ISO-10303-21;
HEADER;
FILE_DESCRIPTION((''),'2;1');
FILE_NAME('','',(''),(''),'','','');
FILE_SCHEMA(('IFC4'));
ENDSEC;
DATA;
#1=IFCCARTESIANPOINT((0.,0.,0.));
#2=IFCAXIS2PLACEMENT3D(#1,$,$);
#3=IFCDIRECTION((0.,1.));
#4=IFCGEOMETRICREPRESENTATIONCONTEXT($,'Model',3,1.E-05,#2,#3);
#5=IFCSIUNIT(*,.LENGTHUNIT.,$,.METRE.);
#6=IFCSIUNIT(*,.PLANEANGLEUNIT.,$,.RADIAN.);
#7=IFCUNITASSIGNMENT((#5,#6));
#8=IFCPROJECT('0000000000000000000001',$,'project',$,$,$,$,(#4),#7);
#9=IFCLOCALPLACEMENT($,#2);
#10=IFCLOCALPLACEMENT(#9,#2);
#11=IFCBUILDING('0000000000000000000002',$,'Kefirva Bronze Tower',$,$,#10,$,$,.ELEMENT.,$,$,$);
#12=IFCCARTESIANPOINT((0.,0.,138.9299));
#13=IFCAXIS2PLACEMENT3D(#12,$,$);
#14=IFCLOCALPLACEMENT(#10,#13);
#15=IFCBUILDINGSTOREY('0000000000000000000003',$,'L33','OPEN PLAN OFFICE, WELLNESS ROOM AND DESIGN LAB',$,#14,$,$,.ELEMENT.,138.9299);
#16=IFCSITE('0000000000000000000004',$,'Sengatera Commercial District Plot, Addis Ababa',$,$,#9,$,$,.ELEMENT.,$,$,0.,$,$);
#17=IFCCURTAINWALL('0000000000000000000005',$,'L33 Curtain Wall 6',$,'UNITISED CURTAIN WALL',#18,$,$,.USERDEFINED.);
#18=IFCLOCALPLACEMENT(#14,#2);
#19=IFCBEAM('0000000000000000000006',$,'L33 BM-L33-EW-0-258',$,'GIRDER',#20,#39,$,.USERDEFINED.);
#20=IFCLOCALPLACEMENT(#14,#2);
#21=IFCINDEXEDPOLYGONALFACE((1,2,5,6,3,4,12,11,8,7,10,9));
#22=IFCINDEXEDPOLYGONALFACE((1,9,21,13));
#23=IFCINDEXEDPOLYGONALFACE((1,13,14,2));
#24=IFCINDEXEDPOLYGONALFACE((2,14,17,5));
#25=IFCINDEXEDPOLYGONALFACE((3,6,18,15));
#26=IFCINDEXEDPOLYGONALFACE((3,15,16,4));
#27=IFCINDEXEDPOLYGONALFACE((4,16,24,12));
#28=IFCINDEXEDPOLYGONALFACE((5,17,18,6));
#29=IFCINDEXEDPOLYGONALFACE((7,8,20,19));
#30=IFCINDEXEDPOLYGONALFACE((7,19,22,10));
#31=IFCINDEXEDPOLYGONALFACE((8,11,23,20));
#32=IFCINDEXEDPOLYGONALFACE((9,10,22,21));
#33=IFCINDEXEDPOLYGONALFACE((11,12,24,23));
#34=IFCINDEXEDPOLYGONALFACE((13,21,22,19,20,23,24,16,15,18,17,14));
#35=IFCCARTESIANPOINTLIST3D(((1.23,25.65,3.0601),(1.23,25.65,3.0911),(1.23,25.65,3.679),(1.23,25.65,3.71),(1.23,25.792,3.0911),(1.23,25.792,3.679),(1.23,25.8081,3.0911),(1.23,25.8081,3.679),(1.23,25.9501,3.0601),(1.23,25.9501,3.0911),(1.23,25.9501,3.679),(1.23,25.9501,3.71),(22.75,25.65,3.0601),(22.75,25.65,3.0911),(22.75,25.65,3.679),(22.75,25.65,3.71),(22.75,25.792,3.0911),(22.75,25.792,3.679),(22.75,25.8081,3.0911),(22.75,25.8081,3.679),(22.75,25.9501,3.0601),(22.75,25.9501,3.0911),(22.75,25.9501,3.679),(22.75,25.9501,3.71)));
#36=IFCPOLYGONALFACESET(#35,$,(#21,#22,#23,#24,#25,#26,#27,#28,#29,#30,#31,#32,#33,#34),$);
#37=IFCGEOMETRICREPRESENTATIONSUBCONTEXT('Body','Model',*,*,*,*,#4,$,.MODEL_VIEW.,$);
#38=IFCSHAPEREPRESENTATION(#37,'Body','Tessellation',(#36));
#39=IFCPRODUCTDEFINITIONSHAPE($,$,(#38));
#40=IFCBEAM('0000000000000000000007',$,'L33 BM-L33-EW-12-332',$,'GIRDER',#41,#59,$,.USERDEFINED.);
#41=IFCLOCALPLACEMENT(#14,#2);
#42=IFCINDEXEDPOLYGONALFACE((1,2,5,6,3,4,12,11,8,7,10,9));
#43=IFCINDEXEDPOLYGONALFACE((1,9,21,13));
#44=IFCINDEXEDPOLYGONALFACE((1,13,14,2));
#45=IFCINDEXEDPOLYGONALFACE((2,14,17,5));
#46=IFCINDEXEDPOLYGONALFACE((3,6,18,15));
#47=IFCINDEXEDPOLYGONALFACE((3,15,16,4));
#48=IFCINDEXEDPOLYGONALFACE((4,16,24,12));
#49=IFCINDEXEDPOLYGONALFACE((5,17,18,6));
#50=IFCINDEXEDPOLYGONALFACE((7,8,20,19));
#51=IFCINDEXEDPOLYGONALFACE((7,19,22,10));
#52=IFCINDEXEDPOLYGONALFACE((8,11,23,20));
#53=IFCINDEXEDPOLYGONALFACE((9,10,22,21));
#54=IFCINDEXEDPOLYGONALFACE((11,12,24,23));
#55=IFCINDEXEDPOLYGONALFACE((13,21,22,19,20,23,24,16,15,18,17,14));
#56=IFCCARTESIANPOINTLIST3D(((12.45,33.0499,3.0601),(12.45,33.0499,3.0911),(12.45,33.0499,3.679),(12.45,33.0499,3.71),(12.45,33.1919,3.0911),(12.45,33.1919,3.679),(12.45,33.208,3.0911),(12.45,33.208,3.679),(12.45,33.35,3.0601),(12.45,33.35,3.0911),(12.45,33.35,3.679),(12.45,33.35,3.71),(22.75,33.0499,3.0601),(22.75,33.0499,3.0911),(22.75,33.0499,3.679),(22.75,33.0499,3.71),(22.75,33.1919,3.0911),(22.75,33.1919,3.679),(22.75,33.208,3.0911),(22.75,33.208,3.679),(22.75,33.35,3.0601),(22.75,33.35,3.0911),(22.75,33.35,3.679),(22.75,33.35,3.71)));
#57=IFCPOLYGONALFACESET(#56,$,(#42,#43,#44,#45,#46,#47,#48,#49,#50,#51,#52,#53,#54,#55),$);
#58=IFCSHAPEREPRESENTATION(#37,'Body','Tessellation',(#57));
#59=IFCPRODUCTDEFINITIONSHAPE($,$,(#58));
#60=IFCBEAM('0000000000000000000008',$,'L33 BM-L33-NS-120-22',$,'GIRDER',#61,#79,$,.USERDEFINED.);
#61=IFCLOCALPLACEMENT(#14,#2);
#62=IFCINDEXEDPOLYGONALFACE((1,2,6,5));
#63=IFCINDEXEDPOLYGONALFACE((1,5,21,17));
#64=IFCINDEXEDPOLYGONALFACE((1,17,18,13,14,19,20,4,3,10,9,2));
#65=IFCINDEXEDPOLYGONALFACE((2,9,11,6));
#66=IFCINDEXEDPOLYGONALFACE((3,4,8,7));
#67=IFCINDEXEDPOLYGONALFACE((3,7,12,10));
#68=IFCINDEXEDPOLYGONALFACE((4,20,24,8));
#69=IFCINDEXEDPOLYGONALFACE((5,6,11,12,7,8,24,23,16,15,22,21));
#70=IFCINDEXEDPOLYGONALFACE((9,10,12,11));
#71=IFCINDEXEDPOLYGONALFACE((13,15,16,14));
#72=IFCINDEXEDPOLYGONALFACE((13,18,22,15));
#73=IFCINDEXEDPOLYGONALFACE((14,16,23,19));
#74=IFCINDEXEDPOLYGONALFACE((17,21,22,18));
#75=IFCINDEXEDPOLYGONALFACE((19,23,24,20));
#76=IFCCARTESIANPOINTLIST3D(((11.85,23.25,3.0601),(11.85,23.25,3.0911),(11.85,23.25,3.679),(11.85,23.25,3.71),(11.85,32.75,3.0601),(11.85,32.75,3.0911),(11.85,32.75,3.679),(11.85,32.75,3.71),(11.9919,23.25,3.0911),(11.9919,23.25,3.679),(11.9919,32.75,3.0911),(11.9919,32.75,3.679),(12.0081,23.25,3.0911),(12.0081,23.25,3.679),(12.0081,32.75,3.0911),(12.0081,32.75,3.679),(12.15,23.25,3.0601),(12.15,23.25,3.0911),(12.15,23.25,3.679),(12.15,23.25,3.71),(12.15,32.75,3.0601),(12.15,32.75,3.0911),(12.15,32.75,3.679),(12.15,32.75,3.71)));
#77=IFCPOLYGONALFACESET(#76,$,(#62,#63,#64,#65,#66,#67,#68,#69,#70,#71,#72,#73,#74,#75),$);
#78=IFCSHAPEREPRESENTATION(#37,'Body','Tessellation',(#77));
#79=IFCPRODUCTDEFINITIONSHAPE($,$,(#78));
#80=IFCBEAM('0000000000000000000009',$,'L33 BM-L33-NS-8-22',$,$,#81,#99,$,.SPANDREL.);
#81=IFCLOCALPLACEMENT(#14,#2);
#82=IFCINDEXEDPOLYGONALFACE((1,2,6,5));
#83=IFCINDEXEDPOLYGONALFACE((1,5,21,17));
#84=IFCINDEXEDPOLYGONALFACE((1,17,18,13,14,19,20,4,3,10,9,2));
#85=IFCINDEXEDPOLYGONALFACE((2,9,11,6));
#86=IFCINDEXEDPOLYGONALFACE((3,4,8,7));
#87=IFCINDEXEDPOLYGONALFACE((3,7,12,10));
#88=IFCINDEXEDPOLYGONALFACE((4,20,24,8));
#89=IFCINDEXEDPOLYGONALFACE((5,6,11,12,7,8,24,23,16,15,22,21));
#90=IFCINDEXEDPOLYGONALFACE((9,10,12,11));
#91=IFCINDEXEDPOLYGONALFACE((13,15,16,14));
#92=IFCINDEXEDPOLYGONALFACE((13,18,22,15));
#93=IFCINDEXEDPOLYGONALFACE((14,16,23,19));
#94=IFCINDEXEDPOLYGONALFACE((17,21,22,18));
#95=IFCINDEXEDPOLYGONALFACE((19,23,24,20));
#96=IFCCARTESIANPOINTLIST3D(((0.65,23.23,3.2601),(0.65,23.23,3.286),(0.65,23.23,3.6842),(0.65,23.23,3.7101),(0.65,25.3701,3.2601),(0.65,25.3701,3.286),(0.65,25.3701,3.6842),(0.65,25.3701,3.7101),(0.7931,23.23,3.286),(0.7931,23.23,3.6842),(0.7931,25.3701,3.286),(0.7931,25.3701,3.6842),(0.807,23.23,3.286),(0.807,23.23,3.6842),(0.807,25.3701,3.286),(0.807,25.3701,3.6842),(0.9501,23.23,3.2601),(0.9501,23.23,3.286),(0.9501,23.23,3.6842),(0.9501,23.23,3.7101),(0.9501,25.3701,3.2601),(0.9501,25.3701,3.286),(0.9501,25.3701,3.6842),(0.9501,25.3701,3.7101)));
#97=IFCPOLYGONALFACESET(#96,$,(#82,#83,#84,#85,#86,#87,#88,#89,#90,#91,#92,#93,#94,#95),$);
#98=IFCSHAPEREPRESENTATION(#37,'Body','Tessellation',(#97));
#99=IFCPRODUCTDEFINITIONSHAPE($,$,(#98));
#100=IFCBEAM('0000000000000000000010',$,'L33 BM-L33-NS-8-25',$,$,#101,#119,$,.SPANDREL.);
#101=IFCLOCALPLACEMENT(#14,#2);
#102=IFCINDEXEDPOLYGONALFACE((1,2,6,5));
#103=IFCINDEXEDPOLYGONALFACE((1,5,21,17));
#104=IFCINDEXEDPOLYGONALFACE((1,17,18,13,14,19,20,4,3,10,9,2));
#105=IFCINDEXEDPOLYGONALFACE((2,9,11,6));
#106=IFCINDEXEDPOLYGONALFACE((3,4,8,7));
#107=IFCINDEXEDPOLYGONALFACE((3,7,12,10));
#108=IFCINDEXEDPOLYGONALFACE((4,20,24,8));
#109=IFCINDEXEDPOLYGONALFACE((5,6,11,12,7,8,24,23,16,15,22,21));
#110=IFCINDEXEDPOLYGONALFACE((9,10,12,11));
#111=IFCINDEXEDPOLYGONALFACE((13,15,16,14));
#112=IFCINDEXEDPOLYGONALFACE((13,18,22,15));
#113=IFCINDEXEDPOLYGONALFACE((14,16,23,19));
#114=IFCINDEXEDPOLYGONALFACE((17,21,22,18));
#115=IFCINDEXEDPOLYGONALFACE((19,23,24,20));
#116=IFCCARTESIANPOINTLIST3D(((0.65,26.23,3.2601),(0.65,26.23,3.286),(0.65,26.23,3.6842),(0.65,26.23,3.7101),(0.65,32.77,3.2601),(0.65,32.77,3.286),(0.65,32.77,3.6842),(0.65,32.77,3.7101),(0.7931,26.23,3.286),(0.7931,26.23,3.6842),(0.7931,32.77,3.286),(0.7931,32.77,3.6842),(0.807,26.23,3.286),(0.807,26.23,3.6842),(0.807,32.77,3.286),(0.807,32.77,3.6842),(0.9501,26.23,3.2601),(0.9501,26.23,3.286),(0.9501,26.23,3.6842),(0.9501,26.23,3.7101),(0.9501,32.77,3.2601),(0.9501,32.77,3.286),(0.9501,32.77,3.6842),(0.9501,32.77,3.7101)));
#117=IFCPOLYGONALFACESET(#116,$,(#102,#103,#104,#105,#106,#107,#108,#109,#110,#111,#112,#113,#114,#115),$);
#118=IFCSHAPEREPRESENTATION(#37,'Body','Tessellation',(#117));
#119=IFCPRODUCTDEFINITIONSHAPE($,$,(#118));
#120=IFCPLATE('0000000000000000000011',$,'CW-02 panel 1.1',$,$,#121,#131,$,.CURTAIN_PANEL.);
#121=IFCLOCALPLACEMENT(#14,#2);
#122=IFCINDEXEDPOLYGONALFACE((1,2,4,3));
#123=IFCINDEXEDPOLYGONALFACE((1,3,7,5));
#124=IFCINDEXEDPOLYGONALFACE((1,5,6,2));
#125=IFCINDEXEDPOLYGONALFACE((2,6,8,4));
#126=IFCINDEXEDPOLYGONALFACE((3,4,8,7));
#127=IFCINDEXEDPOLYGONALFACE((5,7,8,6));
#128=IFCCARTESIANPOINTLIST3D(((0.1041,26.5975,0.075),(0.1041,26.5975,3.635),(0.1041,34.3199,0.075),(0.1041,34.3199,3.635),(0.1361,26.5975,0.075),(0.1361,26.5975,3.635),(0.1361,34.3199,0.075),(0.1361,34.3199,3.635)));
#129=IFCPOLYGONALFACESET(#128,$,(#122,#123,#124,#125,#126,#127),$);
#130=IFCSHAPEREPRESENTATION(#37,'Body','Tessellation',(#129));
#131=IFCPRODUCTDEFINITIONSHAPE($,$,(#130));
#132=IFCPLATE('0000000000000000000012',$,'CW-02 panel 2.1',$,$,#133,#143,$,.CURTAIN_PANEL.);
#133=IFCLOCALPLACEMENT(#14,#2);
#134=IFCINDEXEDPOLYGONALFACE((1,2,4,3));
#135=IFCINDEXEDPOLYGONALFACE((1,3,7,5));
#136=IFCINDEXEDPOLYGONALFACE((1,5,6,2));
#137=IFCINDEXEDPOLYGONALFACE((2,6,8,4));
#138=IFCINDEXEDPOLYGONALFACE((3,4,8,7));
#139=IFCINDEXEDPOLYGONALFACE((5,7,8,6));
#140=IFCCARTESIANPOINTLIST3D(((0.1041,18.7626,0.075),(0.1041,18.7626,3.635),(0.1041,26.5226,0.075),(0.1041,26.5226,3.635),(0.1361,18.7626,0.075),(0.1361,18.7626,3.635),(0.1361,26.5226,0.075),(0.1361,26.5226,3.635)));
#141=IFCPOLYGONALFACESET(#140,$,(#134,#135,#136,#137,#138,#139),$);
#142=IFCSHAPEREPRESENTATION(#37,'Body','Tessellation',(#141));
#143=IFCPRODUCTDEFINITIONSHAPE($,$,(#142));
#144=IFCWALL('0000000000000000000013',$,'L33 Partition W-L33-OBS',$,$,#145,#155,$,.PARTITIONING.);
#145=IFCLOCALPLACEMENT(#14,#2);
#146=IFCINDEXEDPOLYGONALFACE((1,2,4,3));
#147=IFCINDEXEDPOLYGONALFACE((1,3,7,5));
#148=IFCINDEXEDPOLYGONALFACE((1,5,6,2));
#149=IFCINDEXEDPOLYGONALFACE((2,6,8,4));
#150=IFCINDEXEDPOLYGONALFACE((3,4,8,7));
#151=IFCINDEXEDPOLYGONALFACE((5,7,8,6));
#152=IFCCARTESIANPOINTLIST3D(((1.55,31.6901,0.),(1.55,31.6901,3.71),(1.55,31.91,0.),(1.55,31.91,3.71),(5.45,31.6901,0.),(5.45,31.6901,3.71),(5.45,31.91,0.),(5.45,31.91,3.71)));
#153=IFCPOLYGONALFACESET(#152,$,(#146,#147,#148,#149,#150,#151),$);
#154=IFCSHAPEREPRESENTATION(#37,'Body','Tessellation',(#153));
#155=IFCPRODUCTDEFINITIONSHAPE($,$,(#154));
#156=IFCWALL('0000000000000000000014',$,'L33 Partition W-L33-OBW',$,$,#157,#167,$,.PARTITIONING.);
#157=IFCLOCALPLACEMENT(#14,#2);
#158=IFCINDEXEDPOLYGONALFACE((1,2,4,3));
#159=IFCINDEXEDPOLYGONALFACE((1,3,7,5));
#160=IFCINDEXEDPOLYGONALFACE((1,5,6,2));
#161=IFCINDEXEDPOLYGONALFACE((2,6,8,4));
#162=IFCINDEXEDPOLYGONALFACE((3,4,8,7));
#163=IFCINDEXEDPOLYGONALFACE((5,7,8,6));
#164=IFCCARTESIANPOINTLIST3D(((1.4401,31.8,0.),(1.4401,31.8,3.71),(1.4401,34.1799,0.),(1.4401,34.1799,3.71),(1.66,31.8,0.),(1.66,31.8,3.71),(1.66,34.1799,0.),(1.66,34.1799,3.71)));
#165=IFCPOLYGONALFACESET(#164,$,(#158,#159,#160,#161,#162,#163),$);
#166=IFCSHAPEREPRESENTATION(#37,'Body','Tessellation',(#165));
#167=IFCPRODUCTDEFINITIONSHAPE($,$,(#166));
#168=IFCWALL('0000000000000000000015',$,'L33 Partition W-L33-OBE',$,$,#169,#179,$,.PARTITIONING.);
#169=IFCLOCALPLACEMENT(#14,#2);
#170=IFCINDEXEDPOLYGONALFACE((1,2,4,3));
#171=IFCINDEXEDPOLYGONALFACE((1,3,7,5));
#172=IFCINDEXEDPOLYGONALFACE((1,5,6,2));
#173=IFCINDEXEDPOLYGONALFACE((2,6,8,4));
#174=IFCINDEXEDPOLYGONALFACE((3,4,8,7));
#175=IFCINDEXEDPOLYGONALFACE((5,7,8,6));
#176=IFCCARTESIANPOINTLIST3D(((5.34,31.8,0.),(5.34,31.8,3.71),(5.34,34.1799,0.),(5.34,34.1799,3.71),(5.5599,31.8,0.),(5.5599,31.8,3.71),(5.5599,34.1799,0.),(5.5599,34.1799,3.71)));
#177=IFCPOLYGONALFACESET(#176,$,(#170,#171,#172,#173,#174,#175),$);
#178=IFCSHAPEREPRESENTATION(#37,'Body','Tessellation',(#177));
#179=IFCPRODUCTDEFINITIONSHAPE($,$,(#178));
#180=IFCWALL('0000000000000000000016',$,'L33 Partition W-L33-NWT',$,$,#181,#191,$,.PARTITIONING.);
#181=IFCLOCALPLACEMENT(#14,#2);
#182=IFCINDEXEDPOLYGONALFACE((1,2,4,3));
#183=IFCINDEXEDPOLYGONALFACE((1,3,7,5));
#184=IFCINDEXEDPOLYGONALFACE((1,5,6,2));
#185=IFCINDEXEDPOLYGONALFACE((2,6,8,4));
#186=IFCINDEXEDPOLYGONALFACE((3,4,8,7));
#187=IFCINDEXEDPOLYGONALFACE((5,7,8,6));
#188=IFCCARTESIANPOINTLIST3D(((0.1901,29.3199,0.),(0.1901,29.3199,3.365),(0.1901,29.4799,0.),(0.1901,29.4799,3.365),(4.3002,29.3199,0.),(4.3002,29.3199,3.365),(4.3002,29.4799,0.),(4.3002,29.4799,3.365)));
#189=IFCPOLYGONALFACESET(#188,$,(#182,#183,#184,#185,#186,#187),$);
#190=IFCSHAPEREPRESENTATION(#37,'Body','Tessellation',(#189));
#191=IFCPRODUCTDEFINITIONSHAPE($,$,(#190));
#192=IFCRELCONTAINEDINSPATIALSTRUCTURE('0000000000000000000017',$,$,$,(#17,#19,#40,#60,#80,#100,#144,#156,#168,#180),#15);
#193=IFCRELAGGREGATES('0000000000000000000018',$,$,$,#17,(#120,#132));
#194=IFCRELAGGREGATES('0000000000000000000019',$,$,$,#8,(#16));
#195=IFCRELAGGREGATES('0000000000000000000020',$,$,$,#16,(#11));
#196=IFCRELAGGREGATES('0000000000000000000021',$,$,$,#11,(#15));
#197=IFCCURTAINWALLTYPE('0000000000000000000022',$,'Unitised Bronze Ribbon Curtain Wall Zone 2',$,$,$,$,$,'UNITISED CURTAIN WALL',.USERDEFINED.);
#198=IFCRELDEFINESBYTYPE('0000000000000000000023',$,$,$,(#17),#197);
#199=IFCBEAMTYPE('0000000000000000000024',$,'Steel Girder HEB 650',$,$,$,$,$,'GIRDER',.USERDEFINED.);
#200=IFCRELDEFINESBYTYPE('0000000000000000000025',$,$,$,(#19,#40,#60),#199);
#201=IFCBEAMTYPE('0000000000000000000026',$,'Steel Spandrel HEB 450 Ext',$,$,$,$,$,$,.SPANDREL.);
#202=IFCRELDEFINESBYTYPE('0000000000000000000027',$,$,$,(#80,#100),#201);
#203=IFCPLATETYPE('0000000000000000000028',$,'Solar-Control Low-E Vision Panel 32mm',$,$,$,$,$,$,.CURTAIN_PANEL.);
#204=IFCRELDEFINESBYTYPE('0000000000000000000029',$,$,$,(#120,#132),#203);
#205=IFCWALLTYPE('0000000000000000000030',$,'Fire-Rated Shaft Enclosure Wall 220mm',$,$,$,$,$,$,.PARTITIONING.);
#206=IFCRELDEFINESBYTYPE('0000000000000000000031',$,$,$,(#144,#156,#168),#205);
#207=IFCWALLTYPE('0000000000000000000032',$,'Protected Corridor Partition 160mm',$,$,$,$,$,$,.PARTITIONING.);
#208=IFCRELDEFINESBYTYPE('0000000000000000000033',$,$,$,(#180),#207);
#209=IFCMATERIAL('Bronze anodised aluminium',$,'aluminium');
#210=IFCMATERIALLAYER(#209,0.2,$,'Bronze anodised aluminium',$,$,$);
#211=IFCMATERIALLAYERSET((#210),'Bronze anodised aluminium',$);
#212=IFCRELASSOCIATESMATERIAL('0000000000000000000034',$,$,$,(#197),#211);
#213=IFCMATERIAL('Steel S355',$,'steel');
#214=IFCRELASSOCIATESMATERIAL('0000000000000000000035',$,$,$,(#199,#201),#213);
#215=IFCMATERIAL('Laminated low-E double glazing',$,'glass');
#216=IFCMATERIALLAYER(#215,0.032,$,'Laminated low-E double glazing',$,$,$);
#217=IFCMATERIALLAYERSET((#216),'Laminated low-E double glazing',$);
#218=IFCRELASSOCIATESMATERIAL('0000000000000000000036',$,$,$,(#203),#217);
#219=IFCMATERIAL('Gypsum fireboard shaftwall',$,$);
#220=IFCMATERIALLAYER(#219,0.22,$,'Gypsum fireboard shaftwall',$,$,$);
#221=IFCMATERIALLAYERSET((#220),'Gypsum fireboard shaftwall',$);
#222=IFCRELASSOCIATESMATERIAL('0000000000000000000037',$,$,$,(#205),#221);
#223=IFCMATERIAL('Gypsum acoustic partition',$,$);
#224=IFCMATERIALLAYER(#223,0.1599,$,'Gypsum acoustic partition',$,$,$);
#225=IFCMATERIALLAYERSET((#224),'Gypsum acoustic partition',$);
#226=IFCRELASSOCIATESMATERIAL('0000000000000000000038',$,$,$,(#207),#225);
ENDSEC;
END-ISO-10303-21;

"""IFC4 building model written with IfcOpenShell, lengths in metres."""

from ifc_helpers import new_model, si_unit, direction, frame, frame_2d, origin, origin_2d, place, context, subcontext, project, spatial, rectangle, i_section, extrude, material, layer, layer_set, material_profile, profile_set, type_object, element, aggregate, save


model = new_model("IFC4")

# Units and contexts
model_context = context("Model", 3, precision=1e-05, world=origin(), true_north=direction((0.0, 1.0)))
body_context = subcontext(model_context, "Body", "Model", "MODEL_VIEW")
ifc_project = project(units=[si_unit("LENGTHUNIT", "METRE"), si_unit("PLANEANGLEUNIT", "RADIAN")], contexts=[model_context])

# Site, building, storey
site_placement = place(None, origin())
site = spatial("IfcSite", under=ifc_project, at=site_placement, Name="Sengatera Commercial District Plot, Addis Ababa", CompositionType="ELEMENT", RefElevation=0.0)
building_placement = place(site_placement, origin())
building = spatial("IfcBuilding", under=site, at=building_placement, Name="Kefirva Bronze Tower", CompositionType="ELEMENT")
storey_placement = place(building_placement, frame((0.0, 0.0, 138.9299)))
storey = spatial("IfcBuildingStorey", under=building, at=storey_placement, Name="L33", Description="OPEN PLAN OFFICE, WELLNESS ROOM AND DESIGN LAB", CompositionType="ELEMENT", Elevation=138.9299)

# Curtain wall
ifc_material_1 = material(Name="Bronze anodised aluminium", Category="aluminium")
ifc_layer_1 = layer(ifc_material_1, 0.2, Name="Bronze anodised aluminium")
ifc_layer_set_1 = layer_set([ifc_layer_1], Name="Bronze anodised aluminium")
curtain_wall_type = type_object("IfcCurtainWallType", Name="Unitised Bronze Ribbon Curtain Wall Zone 2", ElementType="UNITISED CURTAIN WALL", PredefinedType="USERDEFINED", material=ifc_layer_set_1)
curtain_wall_placement = place(storey_placement, origin())
curtain_wall = element("IfcCurtainWall", 1, at=curtain_wall_placement, inside=storey, type_object=curtain_wall_type, Name="L33 Curtain Wall 6", ObjectType="UNITISED CURTAIN WALL", PredefinedType="USERDEFINED")

# Beams
ifc_material_2 = material(Name="Steel S355", Category="steel")
ifc_material_profile_1 = material_profile(ifc_material_2, i_section(OverallWidth=0.3, OverallDepth=0.6499, WebThickness=0.0161, FlangeThickness=0.031, at=origin_2d()), Name="HEB 650")
ifc_profile_set_1 = profile_set([ifc_material_profile_1], Name="Steel S355")
beam_type_1 = type_object("IfcBeamType", Name="Steel Girder HEB 650", ElementType="GIRDER", PredefinedType="USERDEFINED", material=ifc_profile_set_1)
beam_1_placement = place(storey_placement, frame((1.23, 25.8, 3.385), z_axis=(1.0, 0.0, 0.0), x_axis=(0.0, 1.0, 0.0)))
element("IfcBeam", 2, at=beam_1_placement, inside=storey, type_object=beam_type_1, Name="L33 BM-L33-EW-0-258", ObjectType="GIRDER", PredefinedType="USERDEFINED", context=body_context, shape_type="SweptSolid", body=[
    extrude(i_section(OverallWidth=0.3, OverallDepth=0.6499, WebThickness=0.0161, FlangeThickness=0.031, at=origin_2d()), origin(), (0.0, 0.0, 1.0), 21.52),
])
beam_2_placement = place(storey_placement, frame((12.45, 33.2, 3.385), z_axis=(1.0, 0.0, 0.0), x_axis=(0.0, 1.0, 0.0)))
element("IfcBeam", 3, at=beam_2_placement, inside=storey, type_object=beam_type_1, Name="L33 BM-L33-EW-12-332", ObjectType="GIRDER", PredefinedType="USERDEFINED", context=body_context, shape_type="SweptSolid", body=[
    extrude(i_section(OverallWidth=0.3, OverallDepth=0.6499, WebThickness=0.0161, FlangeThickness=0.031, at=origin_2d()), origin(), (0.0, 0.0, 1.0), 10.3),
])
beam_3_placement = place(storey_placement, frame((12.0, 23.25, 3.385), z_axis=(0.0, 1.0, 0.0), x_axis=(-1.0, 0.0, 0.0)))
element("IfcBeam", 4, at=beam_3_placement, inside=storey, type_object=beam_type_1, Name="L33 BM-L33-NS-120-22", ObjectType="GIRDER", PredefinedType="USERDEFINED", context=body_context, shape_type="SweptSolid", body=[
    extrude(i_section(OverallWidth=0.3, OverallDepth=0.6499, WebThickness=0.0161, FlangeThickness=0.031, at=origin_2d()), origin(), (0.0, 0.0, 1.0), 9.5),
])
ifc_material_profile_2 = material_profile(ifc_material_2, i_section(OverallWidth=0.3, OverallDepth=0.45, WebThickness=0.0139, FlangeThickness=0.0259, at=origin_2d()), Name="HEB 450")
ifc_profile_set_2 = profile_set([ifc_material_profile_2], Name="Steel S355")
beam_type_2 = type_object("IfcBeamType", Name="Steel Spandrel HEB 450 Ext", PredefinedType="SPANDREL", material=ifc_profile_set_2)
beam_4_placement = place(storey_placement, frame((0.8, 23.23, 3.4851), z_axis=(0.0, 1.0, 0.0), x_axis=(-1.0, 0.0, 0.0)))
element("IfcBeam", 5, at=beam_4_placement, inside=storey, type_object=beam_type_2, Name="L33 BM-L33-NS-8-22", PredefinedType="SPANDREL", context=body_context, shape_type="SweptSolid", body=[
    extrude(i_section(OverallWidth=0.3, OverallDepth=0.45, WebThickness=0.0139, FlangeThickness=0.0259, at=origin_2d()), origin(), (0.0, 0.0, 1.0), 2.1401),
])
beam_5_placement = place(storey_placement, frame((0.8, 26.23, 3.4851), z_axis=(0.0, 1.0, 0.0), x_axis=(-1.0, 0.0, 0.0)))
element("IfcBeam", 6, at=beam_5_placement, inside=storey, type_object=beam_type_2, Name="L33 BM-L33-NS-8-25", PredefinedType="SPANDREL", context=body_context, shape_type="SweptSolid", body=[
    extrude(i_section(OverallWidth=0.3, OverallDepth=0.45, WebThickness=0.0139, FlangeThickness=0.0259, at=origin_2d()), origin(), (0.0, 0.0, 1.0), 6.54),
])

# Plates
ifc_material_3 = material(Name="Laminated low-E double glazing", Category="glass")
ifc_layer_2 = layer(ifc_material_3, 0.032, Name="Laminated low-E double glazing")
ifc_layer_set_2 = layer_set([ifc_layer_2], Name="Laminated low-E double glazing")
plate_type = type_object("IfcPlateType", Name="Solar-Control Low-E Vision Panel 32mm", PredefinedType="CURTAIN_PANEL", material=ifc_layer_set_2)
plate_1_placement = place(storey_placement, frame((0.1201, 30.4587, 0.075), z_axis=(0.0, 0.0, 1.0), x_axis=(0.0, -1.0, 0.0)))
plate_1 = element("IfcPlate", 7, at=plate_1_placement, type_object=plate_type, Name="CW-02 panel 1.1", PredefinedType="CURTAIN_PANEL", context=body_context, shape_type="SweptSolid", body=[
    extrude(rectangle(XDim=7.7224, YDim=0.032, at=origin_2d()), origin(), (0.0, 0.0, 1.0), 3.5601),
])
plate_2_placement = place(storey_placement, frame((0.1201, 22.6426, 0.075), z_axis=(0.0, 0.0, 1.0), x_axis=(0.0, -1.0, 0.0)))
plate_2 = element("IfcPlate", 8, at=plate_2_placement, type_object=plate_type, Name="CW-02 panel 2.1", PredefinedType="CURTAIN_PANEL", context=body_context, shape_type="SweptSolid", body=[
    extrude(rectangle(XDim=7.76, YDim=0.032, at=origin_2d()), origin(), (0.0, 0.0, 1.0), 3.5601),
])
aggregate(curtain_wall, [plate_1, plate_2])

# Walls
ifc_material_4 = material(Name="Gypsum fireboard shaftwall")
ifc_layer_3 = layer(ifc_material_4, 0.22, Name="Gypsum fireboard shaftwall")
ifc_layer_set_3 = layer_set([ifc_layer_3], Name="Gypsum fireboard shaftwall")
wall_type_1 = type_object("IfcWallType", Name="Fire-Rated Shaft Enclosure Wall 220mm", PredefinedType="PARTITIONING", material=ifc_layer_set_3)
wall_1_placement = place(storey_placement, frame((1.55, 31.8, 0.0), z_axis=(0.0, 0.0, 1.0), x_axis=(1.0, 0.0, 0.0)))
element("IfcWall", 9, at=wall_1_placement, inside=storey, type_object=wall_type_1, Name="L33 Partition W-L33-OBS", PredefinedType="PARTITIONING", context=body_context, shape_type="SweptSolid", body=[
    extrude(rectangle(XDim=3.8999, YDim=0.22, at=frame_2d((1.95, 0.0))), origin(), (0.0, 0.0, 1.0), 3.71),
])
for number, where, z_axis, x_axis, name in (
    (10, (1.55, 31.8, 0.0), (0.0, 0.0, 1.0), (0.0, 1.0, 0.0), "L33 Partition W-L33-OBW"),
    (11, (5.45, 31.8, 0.0), (0.0, 0.0, 1.0), (0.0, 1.0, 0.0), "L33 Partition W-L33-OBE"),
):
    element("IfcWall", number, at=place(storey_placement, frame(where, z_axis=z_axis, x_axis=x_axis)), inside=storey, type_object=wall_type_1, Name=name, PredefinedType="PARTITIONING", context=body_context, shape_type="SweptSolid", body=[
        extrude(rectangle(XDim=2.3799, YDim=0.22, at=frame_2d((1.1899, 0.0))), origin(), (0.0, 0.0, 1.0), 3.71),
    ])
ifc_material_5 = material(Name="Gypsum acoustic partition")
ifc_layer_4 = layer(ifc_material_5, 0.1599, Name="Gypsum acoustic partition")
ifc_layer_set_4 = layer_set([ifc_layer_4], Name="Gypsum acoustic partition")
wall_type_2 = type_object("IfcWallType", Name="Protected Corridor Partition 160mm", PredefinedType="PARTITIONING", material=ifc_layer_set_4)
wall_2_placement = place(storey_placement, frame((0.1899, 29.3999, 0.0), z_axis=(0.0, 0.0, 1.0), x_axis=(1.0, 0.0, 0.0)))
element("IfcWall", 12, at=wall_2_placement, inside=storey, type_object=wall_type_2, Name="L33 Partition W-L33-NWT", PredefinedType="PARTITIONING", context=body_context, shape_type="SweptSolid", body=[
    extrude(rectangle(XDim=4.1101, YDim=0.1599, at=frame_2d((2.0552, 0.0))), origin(), (0.0, 0.0, 1.0), 3.365),
])

save(model, "model.ifc")
